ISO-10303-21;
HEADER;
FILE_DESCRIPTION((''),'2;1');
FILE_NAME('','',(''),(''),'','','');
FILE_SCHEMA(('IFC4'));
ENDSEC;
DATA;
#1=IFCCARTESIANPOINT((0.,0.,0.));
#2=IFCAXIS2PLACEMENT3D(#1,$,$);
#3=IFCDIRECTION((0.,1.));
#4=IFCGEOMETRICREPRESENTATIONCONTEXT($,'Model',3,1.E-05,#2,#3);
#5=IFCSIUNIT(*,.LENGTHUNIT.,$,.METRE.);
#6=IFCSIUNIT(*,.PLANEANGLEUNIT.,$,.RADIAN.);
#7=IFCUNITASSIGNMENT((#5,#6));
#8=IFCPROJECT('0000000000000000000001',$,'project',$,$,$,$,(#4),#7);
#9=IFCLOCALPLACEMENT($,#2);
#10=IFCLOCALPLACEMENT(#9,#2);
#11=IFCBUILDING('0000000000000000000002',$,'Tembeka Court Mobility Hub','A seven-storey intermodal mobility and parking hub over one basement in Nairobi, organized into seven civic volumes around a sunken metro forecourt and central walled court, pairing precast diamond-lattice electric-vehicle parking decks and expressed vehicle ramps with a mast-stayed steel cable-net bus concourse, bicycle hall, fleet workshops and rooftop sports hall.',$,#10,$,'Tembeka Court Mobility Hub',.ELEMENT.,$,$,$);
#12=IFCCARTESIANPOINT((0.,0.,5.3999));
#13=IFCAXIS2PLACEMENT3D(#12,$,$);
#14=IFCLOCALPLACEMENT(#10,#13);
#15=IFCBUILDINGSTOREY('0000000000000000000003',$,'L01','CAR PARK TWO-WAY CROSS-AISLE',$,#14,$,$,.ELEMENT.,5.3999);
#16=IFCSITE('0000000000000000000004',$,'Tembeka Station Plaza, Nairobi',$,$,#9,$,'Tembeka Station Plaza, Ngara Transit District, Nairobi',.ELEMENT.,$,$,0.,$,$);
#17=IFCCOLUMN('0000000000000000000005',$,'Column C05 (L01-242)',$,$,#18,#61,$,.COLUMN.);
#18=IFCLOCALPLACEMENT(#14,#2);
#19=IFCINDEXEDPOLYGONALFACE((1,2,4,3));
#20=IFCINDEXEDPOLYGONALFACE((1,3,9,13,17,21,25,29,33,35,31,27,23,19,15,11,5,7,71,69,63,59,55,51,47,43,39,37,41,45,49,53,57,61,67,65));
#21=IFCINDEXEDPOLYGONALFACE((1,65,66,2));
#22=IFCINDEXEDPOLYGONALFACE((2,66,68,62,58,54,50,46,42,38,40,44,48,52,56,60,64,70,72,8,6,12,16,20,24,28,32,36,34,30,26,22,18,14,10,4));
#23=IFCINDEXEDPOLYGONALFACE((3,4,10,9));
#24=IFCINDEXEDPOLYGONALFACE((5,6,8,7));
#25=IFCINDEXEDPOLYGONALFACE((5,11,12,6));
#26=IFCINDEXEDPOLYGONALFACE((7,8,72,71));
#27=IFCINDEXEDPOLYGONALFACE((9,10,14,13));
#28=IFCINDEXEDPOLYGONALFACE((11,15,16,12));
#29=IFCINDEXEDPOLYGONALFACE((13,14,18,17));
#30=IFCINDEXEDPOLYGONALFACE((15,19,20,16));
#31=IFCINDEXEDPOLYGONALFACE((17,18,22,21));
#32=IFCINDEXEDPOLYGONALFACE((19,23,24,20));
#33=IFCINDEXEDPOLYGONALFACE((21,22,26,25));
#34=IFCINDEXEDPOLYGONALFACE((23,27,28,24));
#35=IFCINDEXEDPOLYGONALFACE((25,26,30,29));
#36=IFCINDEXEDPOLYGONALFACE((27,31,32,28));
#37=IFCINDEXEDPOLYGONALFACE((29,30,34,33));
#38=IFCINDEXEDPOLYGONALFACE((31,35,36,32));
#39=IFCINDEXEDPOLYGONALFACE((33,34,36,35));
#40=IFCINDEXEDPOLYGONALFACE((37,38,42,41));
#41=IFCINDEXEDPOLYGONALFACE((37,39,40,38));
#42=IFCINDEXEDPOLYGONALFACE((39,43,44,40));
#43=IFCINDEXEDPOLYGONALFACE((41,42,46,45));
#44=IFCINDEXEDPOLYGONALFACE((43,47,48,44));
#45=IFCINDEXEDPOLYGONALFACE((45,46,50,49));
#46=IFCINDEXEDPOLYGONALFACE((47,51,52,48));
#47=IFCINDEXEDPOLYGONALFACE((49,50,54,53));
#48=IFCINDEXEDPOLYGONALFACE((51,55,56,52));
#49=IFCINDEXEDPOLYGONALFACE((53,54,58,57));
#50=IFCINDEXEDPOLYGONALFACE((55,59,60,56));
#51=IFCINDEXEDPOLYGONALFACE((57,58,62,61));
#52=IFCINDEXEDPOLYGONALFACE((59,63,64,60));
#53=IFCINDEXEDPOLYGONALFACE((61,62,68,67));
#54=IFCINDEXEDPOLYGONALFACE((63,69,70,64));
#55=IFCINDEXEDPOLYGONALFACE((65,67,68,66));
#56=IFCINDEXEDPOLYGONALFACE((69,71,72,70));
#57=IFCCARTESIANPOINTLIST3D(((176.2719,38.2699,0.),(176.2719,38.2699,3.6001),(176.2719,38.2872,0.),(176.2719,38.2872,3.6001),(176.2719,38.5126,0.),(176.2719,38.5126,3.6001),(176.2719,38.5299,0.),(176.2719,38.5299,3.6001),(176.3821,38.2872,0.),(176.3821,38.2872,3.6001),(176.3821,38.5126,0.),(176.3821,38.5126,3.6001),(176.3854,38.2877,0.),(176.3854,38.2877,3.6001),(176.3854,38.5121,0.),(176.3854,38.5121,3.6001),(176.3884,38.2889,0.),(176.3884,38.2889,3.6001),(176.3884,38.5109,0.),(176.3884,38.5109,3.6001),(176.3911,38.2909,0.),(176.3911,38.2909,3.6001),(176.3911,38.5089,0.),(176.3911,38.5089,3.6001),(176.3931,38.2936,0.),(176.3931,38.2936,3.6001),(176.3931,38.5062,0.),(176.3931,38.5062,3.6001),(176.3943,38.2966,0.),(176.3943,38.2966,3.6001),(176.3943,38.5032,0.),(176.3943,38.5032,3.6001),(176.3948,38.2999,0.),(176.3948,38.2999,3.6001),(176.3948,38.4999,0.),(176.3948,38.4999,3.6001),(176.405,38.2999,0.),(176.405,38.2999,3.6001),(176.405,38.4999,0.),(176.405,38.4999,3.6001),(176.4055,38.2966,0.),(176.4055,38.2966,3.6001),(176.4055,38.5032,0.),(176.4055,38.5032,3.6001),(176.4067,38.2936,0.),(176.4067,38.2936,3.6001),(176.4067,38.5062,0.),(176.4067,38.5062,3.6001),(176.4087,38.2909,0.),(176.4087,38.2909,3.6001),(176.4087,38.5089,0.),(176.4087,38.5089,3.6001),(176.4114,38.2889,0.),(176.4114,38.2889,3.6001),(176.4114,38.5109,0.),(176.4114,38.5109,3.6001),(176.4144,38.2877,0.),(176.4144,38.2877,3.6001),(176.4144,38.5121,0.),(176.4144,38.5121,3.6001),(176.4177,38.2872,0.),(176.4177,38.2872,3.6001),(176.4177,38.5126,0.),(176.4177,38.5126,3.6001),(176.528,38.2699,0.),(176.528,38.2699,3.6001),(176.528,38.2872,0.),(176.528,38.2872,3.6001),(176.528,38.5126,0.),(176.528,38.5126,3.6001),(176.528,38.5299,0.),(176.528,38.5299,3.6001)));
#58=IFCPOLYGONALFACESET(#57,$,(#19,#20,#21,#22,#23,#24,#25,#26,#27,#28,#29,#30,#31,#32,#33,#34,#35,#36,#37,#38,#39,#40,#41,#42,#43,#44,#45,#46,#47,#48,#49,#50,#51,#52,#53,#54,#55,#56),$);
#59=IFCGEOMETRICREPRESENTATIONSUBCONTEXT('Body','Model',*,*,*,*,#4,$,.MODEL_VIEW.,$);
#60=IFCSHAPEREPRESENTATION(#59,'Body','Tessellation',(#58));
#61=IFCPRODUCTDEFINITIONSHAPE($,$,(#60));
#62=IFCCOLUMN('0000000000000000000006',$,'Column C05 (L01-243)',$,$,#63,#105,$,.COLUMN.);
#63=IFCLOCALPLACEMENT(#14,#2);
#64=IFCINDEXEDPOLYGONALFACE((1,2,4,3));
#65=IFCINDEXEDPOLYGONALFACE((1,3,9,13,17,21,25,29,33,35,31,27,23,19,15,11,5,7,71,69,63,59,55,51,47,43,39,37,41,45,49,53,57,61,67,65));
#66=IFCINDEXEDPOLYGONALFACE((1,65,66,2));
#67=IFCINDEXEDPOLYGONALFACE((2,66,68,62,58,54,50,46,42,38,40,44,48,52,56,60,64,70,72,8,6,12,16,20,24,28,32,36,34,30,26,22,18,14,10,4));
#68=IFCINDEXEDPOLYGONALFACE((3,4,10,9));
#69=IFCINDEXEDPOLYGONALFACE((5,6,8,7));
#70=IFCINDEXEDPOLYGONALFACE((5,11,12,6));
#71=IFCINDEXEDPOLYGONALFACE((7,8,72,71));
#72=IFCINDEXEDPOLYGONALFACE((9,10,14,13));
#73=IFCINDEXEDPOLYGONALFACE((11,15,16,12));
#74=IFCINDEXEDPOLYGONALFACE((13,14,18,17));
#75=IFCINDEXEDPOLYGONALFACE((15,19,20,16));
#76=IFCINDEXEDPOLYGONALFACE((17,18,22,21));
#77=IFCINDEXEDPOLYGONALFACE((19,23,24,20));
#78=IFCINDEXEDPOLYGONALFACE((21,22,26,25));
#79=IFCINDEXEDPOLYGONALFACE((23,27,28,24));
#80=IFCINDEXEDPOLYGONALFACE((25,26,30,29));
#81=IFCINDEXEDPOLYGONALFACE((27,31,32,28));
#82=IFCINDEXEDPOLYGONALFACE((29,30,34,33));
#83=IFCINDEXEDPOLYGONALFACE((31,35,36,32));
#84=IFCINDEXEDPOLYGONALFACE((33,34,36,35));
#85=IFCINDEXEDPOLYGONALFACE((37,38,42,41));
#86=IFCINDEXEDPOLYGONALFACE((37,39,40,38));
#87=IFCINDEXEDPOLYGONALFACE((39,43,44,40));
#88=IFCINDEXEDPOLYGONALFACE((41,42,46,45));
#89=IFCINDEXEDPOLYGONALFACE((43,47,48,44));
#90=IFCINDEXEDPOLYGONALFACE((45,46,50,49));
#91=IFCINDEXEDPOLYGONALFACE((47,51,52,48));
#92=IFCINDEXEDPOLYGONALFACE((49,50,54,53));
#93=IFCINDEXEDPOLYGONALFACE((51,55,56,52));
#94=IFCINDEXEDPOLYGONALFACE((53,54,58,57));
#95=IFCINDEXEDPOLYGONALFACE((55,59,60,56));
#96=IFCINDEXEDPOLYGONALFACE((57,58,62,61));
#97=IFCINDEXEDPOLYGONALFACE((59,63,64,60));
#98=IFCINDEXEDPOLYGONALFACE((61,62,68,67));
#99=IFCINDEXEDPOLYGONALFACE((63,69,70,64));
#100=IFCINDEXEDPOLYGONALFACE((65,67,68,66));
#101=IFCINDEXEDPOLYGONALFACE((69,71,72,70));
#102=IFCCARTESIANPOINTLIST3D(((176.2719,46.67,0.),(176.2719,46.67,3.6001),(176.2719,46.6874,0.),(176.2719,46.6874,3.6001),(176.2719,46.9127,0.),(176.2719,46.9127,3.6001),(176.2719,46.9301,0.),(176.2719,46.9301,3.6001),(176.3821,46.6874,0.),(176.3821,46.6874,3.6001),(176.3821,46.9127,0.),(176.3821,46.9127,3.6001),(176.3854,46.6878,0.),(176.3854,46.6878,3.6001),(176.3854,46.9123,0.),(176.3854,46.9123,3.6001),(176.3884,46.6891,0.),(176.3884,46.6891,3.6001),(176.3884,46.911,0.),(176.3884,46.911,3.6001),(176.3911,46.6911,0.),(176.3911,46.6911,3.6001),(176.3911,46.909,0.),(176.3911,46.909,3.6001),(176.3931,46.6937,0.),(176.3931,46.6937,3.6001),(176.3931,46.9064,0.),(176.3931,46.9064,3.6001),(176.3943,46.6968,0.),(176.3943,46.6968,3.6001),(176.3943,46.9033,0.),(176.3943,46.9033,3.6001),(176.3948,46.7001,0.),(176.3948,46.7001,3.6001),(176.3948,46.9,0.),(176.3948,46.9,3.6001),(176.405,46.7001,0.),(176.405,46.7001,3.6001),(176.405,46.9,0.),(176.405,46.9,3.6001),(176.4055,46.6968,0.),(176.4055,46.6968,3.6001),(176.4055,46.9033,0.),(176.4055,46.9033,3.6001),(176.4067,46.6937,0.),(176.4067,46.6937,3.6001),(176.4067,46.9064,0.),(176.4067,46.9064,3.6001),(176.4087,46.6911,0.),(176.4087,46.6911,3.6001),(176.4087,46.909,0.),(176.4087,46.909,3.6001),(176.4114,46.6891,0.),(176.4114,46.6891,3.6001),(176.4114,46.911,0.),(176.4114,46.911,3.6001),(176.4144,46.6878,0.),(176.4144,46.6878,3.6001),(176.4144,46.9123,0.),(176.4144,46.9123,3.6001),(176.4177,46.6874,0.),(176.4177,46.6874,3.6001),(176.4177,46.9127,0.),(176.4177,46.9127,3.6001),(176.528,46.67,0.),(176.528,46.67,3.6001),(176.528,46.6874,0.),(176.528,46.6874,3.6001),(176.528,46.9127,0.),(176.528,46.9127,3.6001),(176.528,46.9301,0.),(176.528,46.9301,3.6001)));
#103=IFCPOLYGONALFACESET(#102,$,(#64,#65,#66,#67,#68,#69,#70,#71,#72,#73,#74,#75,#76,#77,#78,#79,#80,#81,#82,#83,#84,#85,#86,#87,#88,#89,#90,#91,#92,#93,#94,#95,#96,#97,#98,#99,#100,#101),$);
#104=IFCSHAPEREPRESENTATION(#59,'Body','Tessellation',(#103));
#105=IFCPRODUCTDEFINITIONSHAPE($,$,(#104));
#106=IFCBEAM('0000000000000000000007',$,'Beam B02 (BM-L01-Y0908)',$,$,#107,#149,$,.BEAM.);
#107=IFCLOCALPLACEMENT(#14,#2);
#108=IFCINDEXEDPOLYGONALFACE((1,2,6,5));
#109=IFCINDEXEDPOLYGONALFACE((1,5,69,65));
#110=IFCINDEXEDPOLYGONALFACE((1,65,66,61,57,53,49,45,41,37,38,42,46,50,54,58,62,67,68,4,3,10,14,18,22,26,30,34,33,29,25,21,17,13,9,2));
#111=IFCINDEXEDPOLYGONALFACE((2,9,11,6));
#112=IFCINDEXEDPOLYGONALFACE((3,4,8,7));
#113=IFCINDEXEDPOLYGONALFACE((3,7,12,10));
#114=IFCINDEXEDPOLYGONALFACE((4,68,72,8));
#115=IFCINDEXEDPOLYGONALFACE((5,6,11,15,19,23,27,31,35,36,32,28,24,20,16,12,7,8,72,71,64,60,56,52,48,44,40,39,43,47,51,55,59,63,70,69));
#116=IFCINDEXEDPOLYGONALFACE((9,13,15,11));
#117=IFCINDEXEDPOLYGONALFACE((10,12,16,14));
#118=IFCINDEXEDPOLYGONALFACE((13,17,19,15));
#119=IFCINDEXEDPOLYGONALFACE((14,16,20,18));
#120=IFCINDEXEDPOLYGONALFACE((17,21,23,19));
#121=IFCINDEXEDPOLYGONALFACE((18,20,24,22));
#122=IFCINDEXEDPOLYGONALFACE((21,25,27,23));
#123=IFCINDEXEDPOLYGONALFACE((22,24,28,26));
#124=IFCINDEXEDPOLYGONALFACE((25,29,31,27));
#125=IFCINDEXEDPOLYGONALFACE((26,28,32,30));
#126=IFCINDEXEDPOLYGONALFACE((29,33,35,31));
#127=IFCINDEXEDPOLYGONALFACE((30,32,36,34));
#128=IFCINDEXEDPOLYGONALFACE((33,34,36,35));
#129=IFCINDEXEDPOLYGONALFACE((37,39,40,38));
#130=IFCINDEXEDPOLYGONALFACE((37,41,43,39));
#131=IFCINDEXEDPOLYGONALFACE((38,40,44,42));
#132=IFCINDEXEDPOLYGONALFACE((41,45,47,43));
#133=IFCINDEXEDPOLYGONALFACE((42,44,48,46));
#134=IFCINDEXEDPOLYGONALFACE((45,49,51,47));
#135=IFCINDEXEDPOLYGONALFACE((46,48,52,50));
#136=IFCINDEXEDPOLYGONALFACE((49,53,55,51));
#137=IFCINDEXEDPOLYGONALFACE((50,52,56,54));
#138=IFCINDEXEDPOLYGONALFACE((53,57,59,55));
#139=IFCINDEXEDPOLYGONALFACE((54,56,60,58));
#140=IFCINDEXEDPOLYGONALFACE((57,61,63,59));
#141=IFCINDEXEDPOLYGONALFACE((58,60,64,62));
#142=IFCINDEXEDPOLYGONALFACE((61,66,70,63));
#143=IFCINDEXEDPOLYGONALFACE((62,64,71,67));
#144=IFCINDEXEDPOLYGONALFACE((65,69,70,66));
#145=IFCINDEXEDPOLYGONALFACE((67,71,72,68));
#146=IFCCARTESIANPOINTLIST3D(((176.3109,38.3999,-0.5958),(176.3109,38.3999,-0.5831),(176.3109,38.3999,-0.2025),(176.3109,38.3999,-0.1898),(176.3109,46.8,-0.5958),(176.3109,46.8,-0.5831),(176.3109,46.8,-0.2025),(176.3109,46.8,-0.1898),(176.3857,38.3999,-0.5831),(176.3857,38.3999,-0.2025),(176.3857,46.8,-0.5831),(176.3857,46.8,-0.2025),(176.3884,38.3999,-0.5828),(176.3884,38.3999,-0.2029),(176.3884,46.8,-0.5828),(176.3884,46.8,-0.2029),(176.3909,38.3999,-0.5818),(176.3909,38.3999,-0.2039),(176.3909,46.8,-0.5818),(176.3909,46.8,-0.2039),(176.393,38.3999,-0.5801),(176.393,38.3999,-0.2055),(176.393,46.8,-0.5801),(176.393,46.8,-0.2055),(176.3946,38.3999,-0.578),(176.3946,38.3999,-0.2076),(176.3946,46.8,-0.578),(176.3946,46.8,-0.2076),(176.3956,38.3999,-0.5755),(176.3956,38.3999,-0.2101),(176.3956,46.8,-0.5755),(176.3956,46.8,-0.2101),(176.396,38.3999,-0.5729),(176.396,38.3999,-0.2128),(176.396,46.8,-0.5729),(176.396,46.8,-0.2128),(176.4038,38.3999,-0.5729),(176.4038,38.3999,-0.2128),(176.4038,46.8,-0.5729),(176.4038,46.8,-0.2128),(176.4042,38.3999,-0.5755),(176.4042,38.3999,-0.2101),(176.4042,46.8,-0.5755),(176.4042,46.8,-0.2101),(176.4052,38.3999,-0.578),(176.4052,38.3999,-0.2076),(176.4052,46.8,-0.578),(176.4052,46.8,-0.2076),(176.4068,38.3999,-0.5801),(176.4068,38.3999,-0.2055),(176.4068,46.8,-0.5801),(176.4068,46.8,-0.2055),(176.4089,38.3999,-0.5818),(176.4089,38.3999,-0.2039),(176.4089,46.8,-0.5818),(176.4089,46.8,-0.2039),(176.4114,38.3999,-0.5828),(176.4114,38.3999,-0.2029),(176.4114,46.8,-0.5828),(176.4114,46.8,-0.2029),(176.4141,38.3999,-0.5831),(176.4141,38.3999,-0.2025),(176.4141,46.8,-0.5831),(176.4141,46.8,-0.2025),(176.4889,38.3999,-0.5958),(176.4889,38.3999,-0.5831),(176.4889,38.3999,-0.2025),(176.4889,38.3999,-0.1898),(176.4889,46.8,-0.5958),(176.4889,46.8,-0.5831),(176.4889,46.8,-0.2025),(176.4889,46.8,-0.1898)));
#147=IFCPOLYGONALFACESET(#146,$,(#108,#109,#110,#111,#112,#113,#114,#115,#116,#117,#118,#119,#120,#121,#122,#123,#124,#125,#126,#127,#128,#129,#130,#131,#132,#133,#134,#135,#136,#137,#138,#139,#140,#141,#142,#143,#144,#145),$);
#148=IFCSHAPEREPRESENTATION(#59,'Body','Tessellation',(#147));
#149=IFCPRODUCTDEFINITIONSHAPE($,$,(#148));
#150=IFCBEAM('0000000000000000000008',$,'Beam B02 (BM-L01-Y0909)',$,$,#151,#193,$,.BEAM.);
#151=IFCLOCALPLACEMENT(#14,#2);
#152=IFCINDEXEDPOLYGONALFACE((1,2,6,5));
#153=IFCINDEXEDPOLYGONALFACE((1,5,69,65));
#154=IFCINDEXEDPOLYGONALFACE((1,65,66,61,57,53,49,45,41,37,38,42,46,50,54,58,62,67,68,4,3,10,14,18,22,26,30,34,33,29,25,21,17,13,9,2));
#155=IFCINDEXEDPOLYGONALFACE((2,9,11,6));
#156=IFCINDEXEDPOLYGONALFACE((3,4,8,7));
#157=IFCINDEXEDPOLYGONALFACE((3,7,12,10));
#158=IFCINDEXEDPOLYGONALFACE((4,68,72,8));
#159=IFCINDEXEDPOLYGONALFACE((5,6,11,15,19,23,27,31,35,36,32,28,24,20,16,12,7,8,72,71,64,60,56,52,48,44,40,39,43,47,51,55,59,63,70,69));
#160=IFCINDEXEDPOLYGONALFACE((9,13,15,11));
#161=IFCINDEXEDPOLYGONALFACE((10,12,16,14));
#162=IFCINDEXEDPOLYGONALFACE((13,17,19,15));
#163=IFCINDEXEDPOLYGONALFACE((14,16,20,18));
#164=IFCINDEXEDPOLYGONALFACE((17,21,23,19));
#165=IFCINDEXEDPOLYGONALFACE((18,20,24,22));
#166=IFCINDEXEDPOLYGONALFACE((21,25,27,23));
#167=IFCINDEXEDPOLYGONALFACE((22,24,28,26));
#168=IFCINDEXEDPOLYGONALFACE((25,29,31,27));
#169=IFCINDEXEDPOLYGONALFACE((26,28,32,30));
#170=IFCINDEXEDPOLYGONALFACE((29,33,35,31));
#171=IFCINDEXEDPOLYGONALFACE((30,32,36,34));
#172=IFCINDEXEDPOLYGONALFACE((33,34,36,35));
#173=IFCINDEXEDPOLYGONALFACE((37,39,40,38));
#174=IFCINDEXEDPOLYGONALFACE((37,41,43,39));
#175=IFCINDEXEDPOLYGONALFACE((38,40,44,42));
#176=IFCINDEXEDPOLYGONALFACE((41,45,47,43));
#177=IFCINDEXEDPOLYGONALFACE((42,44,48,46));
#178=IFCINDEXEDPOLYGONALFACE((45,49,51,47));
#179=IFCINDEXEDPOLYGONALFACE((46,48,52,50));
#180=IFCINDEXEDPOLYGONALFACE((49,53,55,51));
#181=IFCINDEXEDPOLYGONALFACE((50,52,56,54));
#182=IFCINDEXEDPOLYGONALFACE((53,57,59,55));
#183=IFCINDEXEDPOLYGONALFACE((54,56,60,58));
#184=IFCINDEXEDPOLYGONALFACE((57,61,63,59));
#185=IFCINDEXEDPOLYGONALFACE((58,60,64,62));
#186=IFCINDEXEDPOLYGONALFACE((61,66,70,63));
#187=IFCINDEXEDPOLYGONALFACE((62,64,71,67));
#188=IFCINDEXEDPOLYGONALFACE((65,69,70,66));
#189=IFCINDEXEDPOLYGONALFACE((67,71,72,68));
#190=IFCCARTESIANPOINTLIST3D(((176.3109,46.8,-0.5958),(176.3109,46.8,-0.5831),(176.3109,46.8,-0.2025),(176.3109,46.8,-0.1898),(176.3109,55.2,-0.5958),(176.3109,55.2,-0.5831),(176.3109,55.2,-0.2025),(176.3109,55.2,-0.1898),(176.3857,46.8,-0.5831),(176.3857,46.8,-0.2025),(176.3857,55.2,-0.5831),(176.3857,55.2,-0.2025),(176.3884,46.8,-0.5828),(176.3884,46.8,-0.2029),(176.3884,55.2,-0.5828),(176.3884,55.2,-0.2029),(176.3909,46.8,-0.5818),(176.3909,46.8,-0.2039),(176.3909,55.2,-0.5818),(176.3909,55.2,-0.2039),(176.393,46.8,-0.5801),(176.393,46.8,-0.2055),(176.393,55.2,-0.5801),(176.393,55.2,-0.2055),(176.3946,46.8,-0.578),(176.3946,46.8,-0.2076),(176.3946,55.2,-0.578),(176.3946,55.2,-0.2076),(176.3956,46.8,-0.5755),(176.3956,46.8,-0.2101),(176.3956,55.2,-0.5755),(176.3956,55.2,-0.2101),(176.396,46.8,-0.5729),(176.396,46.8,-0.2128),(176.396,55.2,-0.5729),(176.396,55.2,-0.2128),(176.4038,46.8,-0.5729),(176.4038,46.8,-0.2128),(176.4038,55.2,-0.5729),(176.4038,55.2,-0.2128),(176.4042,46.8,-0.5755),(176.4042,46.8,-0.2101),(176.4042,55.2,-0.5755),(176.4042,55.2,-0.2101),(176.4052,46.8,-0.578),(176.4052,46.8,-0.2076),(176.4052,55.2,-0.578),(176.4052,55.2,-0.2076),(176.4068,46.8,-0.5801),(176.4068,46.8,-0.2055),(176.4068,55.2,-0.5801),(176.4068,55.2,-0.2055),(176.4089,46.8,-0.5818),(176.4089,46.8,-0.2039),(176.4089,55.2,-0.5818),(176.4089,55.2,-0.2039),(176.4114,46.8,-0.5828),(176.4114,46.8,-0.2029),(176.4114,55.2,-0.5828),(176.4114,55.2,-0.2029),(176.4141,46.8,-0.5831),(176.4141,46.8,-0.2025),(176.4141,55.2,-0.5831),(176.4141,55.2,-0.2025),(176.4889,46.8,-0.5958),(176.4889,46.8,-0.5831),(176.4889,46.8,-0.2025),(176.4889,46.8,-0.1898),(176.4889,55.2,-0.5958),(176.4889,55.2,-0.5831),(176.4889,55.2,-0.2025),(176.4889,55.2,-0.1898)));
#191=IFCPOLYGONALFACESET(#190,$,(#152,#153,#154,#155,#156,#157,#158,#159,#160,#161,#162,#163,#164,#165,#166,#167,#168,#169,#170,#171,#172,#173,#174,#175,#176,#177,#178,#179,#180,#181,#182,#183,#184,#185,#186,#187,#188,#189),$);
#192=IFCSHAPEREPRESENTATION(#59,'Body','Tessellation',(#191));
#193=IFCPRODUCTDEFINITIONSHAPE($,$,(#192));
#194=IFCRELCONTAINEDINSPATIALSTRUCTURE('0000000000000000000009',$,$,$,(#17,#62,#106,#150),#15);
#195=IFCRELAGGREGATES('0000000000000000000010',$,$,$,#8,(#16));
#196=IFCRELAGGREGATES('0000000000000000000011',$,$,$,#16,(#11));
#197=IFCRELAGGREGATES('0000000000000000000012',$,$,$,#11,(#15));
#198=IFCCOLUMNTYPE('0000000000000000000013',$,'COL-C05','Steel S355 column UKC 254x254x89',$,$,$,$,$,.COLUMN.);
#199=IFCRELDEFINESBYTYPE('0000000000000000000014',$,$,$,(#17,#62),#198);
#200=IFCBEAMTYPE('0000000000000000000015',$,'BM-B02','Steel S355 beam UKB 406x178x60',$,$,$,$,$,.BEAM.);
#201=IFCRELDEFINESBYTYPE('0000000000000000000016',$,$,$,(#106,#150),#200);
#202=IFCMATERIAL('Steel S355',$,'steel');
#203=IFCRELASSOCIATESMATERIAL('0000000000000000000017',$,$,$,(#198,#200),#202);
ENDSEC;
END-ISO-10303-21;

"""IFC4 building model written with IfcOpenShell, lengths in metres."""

from ifc_helpers import new_model, si_unit, direction, frame, origin, origin_2d, place, context, subcontext, project, spatial, i_section, extrude, material, material_profile, profile_set, type_object, element, save


model = new_model("IFC4")

# Units and contexts
model_context = context("Model", 3, precision=1e-05, world=origin(), true_north=direction((0.0, 1.0)))
body_context = subcontext(model_context, "Body", "Model", "MODEL_VIEW")
ifc_project = project(units=[si_unit("LENGTHUNIT", "METRE"), si_unit("PLANEANGLEUNIT", "RADIAN")], contexts=[model_context])

# Site, building, storey
site_placement = place(None, origin())
site = spatial("IfcSite", under=ifc_project, at=site_placement, Name="Tembeka Station Plaza, Nairobi", LongName="Tembeka Station Plaza, Ngara Transit District, Nairobi", CompositionType="ELEMENT", RefElevation=0.0)
building_placement = place(site_placement, origin())
building = spatial("IfcBuilding", under=site, at=building_placement, Name="Tembeka Court Mobility Hub", Description="A seven-storey intermodal mobility and parking hub over one basement in Nairobi, organized into seven civic volumes around a sunken metro forecourt and central walled court, pairing precast diamond-lattice electric-vehicle parking decks and expressed vehicle ramps with a mast-stayed steel cable-net bus concourse, bicycle hall, fleet workshops and rooftop sports hall.", LongName="Tembeka Court Mobility Hub", CompositionType="ELEMENT")
storey_placement = place(building_placement, frame((0.0, 0.0, 5.3999)))
storey = spatial("IfcBuildingStorey", under=building, at=storey_placement, Name="L01", Description="CAR PARK TWO-WAY CROSS-AISLE", CompositionType="ELEMENT", Elevation=5.3999)

# Columns
ifc_material_1 = material(Name="Steel S355", Category="steel")
ifc_material_profile_1 = material_profile(ifc_material_1, i_section(OverallWidth=0.2561, OverallDepth=0.26, WebThickness=0.0103, FlangeThickness=0.0173, FilletRadius=0.0127, at=origin_2d()), Name="UKC 254x254x89")
ifc_profile_set_1 = profile_set([ifc_material_profile_1], Name="Steel S355")
column_type = type_object("IfcColumnType", Name="COL-C05", Description="Steel S355 column UKC 254x254x89", PredefinedType="COLUMN", material=ifc_profile_set_1)
for number, where, z_axis, x_axis, name in (
    (1, (176.3999, 38.3999, 0.0), (0.0, 0.0, 1.0), (1.0, 0.0, 0.0), "Column C05 (L01-242)"),
    (2, (176.3999, 46.8, 0.0), (0.0, 0.0, 1.0), (1.0, 0.0, 0.0), "Column C05 (L01-243)"),
):
    element("IfcColumn", number, at=place(storey_placement, frame(where, z_axis=z_axis, x_axis=x_axis)), inside=storey, type_object=column_type, Name=name, PredefinedType="COLUMN", context=body_context, shape_type="SweptSolid", body=[
        extrude(i_section(OverallWidth=0.2561, OverallDepth=0.26, WebThickness=0.0103, FlangeThickness=0.0173, FilletRadius=0.0127, at=origin_2d()), origin(), (0.0, 0.0, 1.0), 3.6001),
    ])

# Beams
ifc_material_profile_2 = material_profile(ifc_material_1, i_section(OverallWidth=0.178, OverallDepth=0.406, WebThickness=0.0078, FlangeThickness=0.0127, FilletRadius=0.0103, at=origin_2d()), Name="UKB 406x178x60")
ifc_profile_set_2 = profile_set([ifc_material_profile_2], Name="Steel S355")
beam_type = type_object("IfcBeamType", Name="BM-B02", Description="Steel S355 beam UKB 406x178x60", PredefinedType="BEAM", material=ifc_profile_set_2)
beam_1_placement = place(storey_placement, frame((176.3999, 38.3999, -0.3928), z_axis=(0.0, 1.0, 0.0), x_axis=(-1.0, 0.0, 0.0)))
element("IfcBeam", 3, at=beam_1_placement, inside=storey, type_object=beam_type, Name="Beam B02 (BM-L01-Y0908)", PredefinedType="BEAM", context=body_context, shape_type="SweptSolid", body=[
    extrude(i_section(OverallWidth=0.178, OverallDepth=0.406, WebThickness=0.0078, FlangeThickness=0.0127, FilletRadius=0.0103, at=origin_2d()), origin(), (0.0, 0.0, 1.0), 8.4001),
])
beam_2_placement = place(storey_placement, frame((176.3999, 46.8, -0.3928), z_axis=(0.0, 1.0, 0.0), x_axis=(-1.0, 0.0, 0.0)))
element("IfcBeam", 4, at=beam_2_placement, inside=storey, type_object=beam_type, Name="Beam B02 (BM-L01-Y0909)", PredefinedType="BEAM", context=body_context, shape_type="SweptSolid", body=[
    extrude(i_section(OverallWidth=0.178, OverallDepth=0.406, WebThickness=0.0078, FlangeThickness=0.0127, FilletRadius=0.0103, at=origin_2d()), origin(), (0.0, 0.0, 1.0), 8.3999),
])

save(model, "model.ifc")
